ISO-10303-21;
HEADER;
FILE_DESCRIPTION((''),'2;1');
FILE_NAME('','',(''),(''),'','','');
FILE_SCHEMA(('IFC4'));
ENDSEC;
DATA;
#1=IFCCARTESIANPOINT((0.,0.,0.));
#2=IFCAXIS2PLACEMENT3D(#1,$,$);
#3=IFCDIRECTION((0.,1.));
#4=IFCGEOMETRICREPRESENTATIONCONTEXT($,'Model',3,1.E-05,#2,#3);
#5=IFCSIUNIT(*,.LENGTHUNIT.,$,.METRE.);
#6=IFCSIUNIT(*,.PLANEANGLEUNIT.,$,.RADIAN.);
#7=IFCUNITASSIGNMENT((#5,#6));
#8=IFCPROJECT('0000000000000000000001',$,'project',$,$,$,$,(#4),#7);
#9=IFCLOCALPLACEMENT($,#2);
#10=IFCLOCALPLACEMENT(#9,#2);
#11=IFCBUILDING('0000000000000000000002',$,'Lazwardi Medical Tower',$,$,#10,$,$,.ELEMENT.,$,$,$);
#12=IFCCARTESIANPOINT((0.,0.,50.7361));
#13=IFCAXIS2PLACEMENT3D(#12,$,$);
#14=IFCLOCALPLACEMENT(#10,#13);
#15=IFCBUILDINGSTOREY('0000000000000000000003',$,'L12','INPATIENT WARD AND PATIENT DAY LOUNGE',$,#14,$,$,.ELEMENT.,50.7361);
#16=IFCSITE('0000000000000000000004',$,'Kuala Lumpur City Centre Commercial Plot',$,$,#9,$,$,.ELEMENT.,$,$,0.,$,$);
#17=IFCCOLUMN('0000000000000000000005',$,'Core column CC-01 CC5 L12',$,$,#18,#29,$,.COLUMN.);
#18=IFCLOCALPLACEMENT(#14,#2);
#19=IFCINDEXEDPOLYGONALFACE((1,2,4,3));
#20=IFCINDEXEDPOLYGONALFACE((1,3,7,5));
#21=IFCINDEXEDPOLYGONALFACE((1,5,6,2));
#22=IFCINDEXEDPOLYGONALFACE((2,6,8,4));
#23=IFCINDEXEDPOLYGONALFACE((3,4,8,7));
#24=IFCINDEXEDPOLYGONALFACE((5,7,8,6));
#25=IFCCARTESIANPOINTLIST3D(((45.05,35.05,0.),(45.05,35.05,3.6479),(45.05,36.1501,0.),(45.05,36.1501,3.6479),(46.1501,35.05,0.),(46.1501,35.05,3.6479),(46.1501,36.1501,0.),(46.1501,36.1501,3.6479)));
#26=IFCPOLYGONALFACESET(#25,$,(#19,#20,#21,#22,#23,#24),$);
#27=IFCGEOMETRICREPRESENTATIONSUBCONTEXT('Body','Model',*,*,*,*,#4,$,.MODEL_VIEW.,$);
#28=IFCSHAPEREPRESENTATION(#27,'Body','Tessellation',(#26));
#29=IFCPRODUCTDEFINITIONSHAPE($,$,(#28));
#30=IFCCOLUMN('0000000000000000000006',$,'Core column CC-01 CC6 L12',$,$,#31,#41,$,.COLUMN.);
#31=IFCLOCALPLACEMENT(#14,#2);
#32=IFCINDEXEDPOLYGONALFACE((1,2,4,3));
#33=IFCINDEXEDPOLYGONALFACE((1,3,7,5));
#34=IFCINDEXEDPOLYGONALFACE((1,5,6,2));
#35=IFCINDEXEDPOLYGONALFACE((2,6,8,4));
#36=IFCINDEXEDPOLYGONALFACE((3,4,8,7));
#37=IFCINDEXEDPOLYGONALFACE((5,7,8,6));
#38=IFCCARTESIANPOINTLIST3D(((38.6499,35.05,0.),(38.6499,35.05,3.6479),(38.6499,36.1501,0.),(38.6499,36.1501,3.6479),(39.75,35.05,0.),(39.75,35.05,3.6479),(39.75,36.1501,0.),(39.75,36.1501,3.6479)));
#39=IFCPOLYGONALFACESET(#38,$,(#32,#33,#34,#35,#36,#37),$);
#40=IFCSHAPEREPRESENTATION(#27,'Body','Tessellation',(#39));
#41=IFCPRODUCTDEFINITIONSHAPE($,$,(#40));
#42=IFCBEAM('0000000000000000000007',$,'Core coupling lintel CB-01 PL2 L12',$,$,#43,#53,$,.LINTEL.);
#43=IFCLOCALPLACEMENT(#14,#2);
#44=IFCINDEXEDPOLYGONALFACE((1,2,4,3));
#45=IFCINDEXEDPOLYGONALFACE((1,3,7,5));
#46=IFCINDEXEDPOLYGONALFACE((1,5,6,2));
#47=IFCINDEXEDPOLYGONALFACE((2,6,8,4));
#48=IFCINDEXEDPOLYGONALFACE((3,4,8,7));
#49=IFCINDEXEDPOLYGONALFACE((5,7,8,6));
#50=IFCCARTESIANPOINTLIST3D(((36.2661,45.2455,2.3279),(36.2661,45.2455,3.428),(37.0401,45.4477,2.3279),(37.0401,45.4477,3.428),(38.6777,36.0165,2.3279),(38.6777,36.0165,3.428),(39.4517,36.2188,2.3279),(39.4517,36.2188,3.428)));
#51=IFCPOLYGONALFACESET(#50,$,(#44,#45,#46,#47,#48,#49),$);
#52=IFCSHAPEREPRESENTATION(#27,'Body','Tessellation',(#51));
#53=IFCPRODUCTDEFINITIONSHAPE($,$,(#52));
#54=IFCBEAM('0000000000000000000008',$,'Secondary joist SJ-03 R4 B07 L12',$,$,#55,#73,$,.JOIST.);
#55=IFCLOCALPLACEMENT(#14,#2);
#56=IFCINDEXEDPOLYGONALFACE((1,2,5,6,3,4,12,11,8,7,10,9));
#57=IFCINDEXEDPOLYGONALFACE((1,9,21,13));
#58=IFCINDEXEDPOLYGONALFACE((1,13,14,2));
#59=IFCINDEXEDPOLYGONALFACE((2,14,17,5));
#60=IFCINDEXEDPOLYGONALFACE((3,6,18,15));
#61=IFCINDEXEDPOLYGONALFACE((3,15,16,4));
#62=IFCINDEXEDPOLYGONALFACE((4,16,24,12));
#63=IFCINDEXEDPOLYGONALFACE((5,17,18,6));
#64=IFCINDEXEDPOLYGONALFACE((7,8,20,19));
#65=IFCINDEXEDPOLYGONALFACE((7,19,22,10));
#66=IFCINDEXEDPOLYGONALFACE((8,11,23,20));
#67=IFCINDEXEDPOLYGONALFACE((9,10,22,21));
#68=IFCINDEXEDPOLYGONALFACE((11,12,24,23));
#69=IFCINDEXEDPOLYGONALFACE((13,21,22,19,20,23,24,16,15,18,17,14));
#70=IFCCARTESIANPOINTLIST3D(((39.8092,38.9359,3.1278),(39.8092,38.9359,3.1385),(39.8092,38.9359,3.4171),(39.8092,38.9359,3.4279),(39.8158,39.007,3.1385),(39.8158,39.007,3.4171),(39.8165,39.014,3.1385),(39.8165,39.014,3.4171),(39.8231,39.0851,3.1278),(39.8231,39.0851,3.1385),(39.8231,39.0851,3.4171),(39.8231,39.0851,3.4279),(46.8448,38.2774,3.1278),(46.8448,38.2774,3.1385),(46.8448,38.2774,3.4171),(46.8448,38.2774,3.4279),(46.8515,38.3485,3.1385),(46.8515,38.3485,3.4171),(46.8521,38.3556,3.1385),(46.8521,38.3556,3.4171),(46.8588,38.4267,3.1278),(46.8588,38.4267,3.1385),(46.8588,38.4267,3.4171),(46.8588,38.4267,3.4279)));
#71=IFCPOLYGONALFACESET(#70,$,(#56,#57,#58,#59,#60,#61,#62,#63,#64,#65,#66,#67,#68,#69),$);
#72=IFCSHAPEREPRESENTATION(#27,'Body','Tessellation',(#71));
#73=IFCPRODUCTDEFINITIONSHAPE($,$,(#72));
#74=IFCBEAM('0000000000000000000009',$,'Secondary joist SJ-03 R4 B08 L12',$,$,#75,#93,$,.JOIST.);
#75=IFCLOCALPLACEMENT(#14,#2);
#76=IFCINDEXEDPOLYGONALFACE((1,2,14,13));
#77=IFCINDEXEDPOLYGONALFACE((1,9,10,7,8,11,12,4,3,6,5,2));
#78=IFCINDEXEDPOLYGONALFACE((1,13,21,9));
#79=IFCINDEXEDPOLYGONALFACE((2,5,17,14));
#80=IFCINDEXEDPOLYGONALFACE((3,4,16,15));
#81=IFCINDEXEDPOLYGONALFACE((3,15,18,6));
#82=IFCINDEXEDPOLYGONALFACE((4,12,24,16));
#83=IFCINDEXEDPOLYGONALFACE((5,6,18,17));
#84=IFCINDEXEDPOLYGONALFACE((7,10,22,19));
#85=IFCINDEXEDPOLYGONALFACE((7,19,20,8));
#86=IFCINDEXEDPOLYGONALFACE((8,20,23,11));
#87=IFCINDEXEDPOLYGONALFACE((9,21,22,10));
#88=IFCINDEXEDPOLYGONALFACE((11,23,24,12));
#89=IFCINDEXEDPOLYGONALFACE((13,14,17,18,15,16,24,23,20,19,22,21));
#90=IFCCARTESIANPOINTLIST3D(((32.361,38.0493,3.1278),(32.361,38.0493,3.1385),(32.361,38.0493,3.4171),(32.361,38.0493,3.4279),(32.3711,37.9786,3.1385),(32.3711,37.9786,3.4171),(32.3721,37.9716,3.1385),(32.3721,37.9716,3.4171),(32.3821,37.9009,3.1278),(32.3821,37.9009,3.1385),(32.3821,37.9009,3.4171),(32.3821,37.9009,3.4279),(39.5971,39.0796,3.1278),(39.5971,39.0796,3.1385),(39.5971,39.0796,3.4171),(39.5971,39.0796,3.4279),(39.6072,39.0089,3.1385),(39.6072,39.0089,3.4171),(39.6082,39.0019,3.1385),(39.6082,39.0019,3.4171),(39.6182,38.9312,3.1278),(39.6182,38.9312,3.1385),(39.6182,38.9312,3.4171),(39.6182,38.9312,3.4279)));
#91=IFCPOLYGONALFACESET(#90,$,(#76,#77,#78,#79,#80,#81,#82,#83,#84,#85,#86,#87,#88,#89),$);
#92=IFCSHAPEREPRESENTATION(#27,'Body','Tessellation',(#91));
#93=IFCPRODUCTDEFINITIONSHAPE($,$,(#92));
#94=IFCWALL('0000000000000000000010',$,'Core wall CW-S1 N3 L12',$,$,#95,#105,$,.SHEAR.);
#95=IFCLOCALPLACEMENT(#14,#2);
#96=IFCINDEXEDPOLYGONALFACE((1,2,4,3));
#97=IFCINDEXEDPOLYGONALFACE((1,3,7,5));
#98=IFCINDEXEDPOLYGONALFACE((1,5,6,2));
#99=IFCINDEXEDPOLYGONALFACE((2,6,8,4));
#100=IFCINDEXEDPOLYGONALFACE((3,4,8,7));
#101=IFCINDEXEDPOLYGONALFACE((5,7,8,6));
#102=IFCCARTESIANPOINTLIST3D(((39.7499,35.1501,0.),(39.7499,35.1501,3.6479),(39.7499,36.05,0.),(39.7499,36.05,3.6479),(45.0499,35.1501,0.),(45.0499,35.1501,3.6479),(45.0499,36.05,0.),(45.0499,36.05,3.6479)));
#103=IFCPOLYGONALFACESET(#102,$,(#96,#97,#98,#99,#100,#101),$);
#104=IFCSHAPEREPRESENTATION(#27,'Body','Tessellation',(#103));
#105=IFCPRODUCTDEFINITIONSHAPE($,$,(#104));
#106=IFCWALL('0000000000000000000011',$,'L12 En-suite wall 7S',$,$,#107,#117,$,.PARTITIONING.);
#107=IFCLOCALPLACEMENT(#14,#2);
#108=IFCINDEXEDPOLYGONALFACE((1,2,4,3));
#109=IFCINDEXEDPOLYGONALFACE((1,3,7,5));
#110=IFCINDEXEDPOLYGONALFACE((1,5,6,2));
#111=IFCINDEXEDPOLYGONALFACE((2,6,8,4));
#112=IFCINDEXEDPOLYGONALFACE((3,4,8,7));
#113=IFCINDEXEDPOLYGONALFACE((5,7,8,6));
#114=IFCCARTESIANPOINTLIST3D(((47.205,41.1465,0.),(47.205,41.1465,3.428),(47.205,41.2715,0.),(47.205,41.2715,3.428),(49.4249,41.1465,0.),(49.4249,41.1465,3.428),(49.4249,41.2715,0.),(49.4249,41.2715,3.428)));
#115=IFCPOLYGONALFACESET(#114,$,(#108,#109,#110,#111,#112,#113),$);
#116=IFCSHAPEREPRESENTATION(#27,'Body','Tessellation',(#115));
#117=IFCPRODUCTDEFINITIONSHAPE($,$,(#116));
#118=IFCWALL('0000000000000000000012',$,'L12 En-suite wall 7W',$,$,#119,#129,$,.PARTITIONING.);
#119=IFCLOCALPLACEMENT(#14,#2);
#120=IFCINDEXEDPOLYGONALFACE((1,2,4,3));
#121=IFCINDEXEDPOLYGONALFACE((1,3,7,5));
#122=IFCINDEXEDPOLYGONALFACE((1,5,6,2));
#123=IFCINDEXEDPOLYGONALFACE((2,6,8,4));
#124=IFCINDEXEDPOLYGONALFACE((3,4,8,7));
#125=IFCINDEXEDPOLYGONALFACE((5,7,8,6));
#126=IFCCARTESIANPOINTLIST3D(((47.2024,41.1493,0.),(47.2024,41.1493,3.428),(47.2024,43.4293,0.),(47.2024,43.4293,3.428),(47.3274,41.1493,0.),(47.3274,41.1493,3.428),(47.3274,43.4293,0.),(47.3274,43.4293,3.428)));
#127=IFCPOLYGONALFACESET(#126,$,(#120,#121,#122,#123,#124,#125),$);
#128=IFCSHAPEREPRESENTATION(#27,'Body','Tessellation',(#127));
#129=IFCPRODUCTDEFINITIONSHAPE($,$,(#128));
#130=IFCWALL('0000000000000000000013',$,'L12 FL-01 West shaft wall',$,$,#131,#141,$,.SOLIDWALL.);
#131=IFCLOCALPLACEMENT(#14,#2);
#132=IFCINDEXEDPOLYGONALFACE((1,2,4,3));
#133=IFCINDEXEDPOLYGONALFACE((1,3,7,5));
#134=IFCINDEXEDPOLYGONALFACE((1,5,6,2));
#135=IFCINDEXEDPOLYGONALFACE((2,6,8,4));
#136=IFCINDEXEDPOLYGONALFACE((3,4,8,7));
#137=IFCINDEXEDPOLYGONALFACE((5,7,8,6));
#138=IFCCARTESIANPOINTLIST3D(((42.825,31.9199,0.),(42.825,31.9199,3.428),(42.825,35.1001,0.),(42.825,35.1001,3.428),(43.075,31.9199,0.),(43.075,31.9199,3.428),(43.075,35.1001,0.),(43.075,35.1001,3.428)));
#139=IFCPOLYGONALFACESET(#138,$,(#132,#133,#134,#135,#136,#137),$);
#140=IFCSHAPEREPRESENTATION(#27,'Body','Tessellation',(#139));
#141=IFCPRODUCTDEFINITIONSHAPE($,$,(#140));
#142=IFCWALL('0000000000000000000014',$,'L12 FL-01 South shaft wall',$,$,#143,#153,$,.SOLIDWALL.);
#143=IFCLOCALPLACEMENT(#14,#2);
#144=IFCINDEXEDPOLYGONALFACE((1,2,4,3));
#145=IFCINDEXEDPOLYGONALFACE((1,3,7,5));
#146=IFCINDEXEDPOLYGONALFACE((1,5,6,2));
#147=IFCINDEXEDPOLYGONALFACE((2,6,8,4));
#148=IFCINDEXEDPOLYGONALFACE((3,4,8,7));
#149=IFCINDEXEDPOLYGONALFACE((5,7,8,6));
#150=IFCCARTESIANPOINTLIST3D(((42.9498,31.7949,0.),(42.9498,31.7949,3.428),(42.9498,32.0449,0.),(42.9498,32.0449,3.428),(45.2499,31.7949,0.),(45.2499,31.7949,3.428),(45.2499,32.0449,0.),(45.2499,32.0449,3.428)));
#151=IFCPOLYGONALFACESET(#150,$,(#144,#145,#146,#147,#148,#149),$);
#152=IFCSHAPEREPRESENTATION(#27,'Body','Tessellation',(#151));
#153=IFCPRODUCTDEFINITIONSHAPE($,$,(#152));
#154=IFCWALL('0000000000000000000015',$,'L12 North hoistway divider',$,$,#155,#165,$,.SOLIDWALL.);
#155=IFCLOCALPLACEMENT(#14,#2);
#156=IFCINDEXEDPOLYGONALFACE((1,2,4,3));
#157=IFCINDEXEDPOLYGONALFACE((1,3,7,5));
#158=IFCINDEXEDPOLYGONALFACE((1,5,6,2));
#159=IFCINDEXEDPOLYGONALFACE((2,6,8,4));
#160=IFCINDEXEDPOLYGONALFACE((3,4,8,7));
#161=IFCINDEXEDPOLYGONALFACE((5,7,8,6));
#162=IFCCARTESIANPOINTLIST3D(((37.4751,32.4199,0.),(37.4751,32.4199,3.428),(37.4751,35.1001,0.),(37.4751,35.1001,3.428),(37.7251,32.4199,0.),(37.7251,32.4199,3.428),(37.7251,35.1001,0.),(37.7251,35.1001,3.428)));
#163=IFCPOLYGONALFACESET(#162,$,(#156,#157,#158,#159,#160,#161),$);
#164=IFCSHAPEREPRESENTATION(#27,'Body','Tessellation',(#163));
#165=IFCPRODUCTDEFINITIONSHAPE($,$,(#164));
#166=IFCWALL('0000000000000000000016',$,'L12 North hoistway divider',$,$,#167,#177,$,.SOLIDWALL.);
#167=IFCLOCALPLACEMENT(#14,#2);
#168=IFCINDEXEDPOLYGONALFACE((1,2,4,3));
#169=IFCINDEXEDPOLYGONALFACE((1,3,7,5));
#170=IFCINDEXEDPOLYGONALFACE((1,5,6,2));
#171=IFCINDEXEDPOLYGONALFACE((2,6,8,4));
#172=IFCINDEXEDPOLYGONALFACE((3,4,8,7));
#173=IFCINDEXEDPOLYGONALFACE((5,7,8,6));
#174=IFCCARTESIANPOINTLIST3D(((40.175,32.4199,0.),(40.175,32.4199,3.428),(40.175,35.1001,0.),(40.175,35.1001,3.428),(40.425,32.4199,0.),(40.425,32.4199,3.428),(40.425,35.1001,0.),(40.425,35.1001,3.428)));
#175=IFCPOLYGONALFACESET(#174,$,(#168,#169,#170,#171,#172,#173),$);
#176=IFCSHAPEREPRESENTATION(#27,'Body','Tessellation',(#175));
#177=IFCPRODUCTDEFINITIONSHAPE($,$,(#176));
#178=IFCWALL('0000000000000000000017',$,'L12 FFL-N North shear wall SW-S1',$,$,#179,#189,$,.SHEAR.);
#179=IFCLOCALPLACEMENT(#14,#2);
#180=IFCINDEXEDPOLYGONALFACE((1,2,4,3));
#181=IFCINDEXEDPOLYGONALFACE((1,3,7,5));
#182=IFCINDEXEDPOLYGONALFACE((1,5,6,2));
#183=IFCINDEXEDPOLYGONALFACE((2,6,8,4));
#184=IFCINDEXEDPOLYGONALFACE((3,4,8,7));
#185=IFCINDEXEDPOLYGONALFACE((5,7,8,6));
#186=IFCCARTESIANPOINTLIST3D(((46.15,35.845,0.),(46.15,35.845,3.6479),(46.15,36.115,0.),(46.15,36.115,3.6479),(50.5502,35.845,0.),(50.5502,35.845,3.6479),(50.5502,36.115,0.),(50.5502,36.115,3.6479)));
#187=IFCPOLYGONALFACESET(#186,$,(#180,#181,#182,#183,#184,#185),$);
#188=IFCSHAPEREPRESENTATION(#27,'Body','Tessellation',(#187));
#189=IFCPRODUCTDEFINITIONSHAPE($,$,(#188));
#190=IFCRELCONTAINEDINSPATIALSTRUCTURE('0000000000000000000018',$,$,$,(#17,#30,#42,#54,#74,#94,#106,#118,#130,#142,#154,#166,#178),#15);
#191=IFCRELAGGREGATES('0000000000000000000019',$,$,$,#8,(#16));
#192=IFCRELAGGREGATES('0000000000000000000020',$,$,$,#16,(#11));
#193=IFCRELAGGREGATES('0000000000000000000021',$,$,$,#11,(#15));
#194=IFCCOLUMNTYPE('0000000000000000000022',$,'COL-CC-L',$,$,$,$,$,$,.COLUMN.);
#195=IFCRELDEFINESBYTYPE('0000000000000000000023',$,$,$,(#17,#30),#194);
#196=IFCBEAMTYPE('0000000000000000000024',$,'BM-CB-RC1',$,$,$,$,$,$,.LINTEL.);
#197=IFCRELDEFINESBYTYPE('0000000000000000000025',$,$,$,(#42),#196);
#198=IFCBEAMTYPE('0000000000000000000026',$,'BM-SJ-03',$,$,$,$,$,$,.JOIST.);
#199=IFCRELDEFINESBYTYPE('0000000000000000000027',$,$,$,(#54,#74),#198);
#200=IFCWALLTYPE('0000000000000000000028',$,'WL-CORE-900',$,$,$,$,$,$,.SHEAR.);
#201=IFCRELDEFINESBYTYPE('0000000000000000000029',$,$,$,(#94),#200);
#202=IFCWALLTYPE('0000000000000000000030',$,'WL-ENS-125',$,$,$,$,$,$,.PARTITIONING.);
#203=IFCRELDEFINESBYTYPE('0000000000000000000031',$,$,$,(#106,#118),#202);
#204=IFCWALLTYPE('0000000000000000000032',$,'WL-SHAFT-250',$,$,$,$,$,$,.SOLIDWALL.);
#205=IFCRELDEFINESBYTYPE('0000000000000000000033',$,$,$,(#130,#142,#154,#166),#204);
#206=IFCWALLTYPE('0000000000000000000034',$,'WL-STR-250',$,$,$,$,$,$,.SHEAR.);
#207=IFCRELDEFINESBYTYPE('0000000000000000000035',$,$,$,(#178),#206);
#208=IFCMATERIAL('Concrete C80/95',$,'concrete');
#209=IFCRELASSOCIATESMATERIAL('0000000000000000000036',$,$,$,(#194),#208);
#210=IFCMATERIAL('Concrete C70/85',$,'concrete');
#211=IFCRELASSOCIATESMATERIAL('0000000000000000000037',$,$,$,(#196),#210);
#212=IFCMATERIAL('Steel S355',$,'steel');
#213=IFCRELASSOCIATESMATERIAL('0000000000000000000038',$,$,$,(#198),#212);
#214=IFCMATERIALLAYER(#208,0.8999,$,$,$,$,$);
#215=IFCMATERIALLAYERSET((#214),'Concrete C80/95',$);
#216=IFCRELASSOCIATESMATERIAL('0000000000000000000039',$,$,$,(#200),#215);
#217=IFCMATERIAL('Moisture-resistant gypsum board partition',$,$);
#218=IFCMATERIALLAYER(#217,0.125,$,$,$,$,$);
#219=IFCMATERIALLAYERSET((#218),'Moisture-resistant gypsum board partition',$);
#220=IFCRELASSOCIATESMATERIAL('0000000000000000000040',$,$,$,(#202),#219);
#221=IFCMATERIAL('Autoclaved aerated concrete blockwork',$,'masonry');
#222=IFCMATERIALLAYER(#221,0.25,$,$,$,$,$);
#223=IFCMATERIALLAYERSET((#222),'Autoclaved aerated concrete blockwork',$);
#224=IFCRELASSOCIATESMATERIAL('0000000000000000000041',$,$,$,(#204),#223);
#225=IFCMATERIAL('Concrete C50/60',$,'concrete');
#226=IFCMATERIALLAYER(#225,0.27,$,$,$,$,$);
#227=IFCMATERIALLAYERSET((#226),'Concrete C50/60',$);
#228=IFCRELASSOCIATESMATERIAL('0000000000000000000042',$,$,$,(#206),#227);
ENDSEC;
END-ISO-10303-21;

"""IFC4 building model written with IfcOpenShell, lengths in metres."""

from ifc_helpers import new_model, si_unit, direction, frame, frame_2d, origin, origin_2d, place, context, subcontext, project, spatial, rectangle, i_section, extrude, material, layer, layer_set, material_profile, profile_set, type_object, element, save


model = new_model("IFC4")

# Units and contexts
model_context = context("Model", 3, precision=1e-05, world=origin(), true_north=direction((0.0, 1.0)))
body_context = subcontext(model_context, "Body", "Model", "MODEL_VIEW")
ifc_project = project(units=[si_unit("LENGTHUNIT", "METRE"), si_unit("PLANEANGLEUNIT", "RADIAN")], contexts=[model_context])

# Site, building, storey
site_placement = place(None, origin())
site = spatial("IfcSite", under=ifc_project, at=site_placement, Name="Kuala Lumpur City Centre Commercial Plot", CompositionType="ELEMENT", RefElevation=0.0)
building_placement = place(site_placement, origin())
building = spatial("IfcBuilding", under=site, at=building_placement, Name="Lazwardi Medical Tower", CompositionType="ELEMENT")
storey_placement = place(building_placement, frame((0.0, 0.0, 50.7361)))
storey = spatial("IfcBuildingStorey", under=building, at=storey_placement, Name="L12", Description="INPATIENT WARD AND PATIENT DAY LOUNGE", CompositionType="ELEMENT", Elevation=50.7361)

# Columns
ifc_material_1 = material(Name="Concrete C80/95", Category="concrete")
ifc_material_profile_1 = material_profile(ifc_material_1, rectangle(XDim=1.1001, YDim=1.1001, at=origin_2d()), Name="RC 1100x1100")
ifc_profile_set_1 = profile_set([ifc_material_profile_1], Name="Concrete C80/95")
column_type = type_object("IfcColumnType", Name="COL-CC-L", PredefinedType="COLUMN", material=ifc_profile_set_1)
for number, where, z_axis, x_axis, name in (
    (1, (45.6001, 35.6001, 0.0), (0.0, 0.0, 1.0), (1.0, 0.0, 0.0), "Core column CC-01 CC5 L12"),
    (2, (39.2, 35.6001, 0.0), (0.0, 0.0, 1.0), (1.0, 0.0, 0.0), "Core column CC-01 CC6 L12"),
):
    element("IfcColumn", number, at=place(storey_placement, frame(where, z_axis=z_axis, x_axis=x_axis)), inside=storey, type_object=column_type, Name=name, PredefinedType="COLUMN", context=body_context, shape_type="SweptSolid", body=[
        extrude(rectangle(XDim=1.1001, YDim=1.1001, at=origin_2d()), origin(), (0.0, 0.0, 1.0), 3.6479),
    ])

# Beams
ifc_material_2 = material(Name="Concrete C70/85", Category="concrete")
ifc_material_profile_2 = material_profile(ifc_material_2, rectangle(XDim=0.8, YDim=1.1001, at=origin_2d()), Name="RC 800x1100")
ifc_profile_set_2 = profile_set([ifc_material_profile_2], Name="Concrete C70/85")
beam_type_1 = type_object("IfcBeamType", Name="BM-CB-RC1", PredefinedType="LINTEL", material=ifc_profile_set_2)
beam_1_placement = place(storey_placement, frame((39.0647, 36.1177, 2.8779), z_axis=(-0.25282, 0.967513, 0.0), x_axis=(-0.967513, -0.25282, 0.0)))
element("IfcBeam", 3, at=beam_1_placement, inside=storey, type_object=beam_type_1, Name="Core coupling lintel CB-01 PL2 L12", PredefinedType="LINTEL", context=body_context, shape_type="SweptSolid", body=[
    extrude(rectangle(XDim=0.8, YDim=1.1001, at=origin_2d()), origin(), (0.0, 0.0, 1.0), 9.5388),
])
ifc_material_3 = material(Name="Steel S355", Category="steel")
ifc_material_profile_3 = material_profile(ifc_material_3, i_section(OverallWidth=0.1499, OverallDepth=0.3, WebThickness=0.0071, FlangeThickness=0.0107, at=origin_2d()), Name="IPE 300")
ifc_profile_set_3 = profile_set([ifc_material_profile_3], Name="Steel S355")
beam_type_2 = type_object("IfcBeamType", Name="BM-SJ-03", PredefinedType="JOIST", material=ifc_profile_set_3)
beam_2_placement = place(storey_placement, frame((46.8518, 38.3521, 3.2778), z_axis=(-0.995649, 0.09318, 0.0), x_axis=(-0.09318, -0.995649, 0.0)))
element("IfcBeam", 4, at=beam_2_placement, inside=storey, type_object=beam_type_2, Name="Secondary joist SJ-03 R4 B07 L12", PredefinedType="JOIST", context=body_context, shape_type="SweptSolid", body=[
    extrude(i_section(OverallWidth=0.1499, OverallDepth=0.3, WebThickness=0.0071, FlangeThickness=0.0107, at=origin_2d()), origin(), (0.0, 0.0, 1.0), 7.0664),
])
beam_3_placement = place(storey_placement, frame((39.6077, 39.0054, 3.2778), z_axis=(-0.990016, -0.140958, 0.0), x_axis=(0.140958, -0.990016, 0.0)))
element("IfcBeam", 5, at=beam_3_placement, inside=storey, type_object=beam_type_2, Name="Secondary joist SJ-03 R4 B08 L12", PredefinedType="JOIST", context=body_context, shape_type="SweptSolid", body=[
    extrude(i_section(OverallWidth=0.1499, OverallDepth=0.3, WebThickness=0.0071, FlangeThickness=0.0107, at=origin_2d()), origin(), (0.0, 0.0, 1.0), 7.3091),
])

# Walls
ifc_layer_1 = layer(ifc_material_1, 0.8999)
ifc_layer_set_1 = layer_set([ifc_layer_1], Name="Concrete C80/95")
wall_type_1 = type_object("IfcWallType", Name="WL-CORE-900", PredefinedType="SHEAR", material=ifc_layer_set_1)
wall_1_placement = place(storey_placement, frame((39.75, 35.6001, 0.0), z_axis=(0.0, 0.0, 1.0), x_axis=(1.0, 0.0, 0.0)))
element("IfcWall", 6, at=wall_1_placement, inside=storey, type_object=wall_type_1, Name="Core wall CW-S1 N3 L12", PredefinedType="SHEAR", context=body_context, shape_type="SweptSolid", body=[
    extrude(rectangle(XDim=5.3, YDim=0.8999, at=frame_2d((2.6499, 0.0))), origin(), (0.0, 0.0, 1.0), 3.6479),
])
ifc_material_4 = material(Name="Moisture-resistant gypsum board partition")
ifc_layer_2 = layer(ifc_material_4, 0.125)
ifc_layer_set_2 = layer_set([ifc_layer_2], Name="Moisture-resistant gypsum board partition")
wall_type_2 = type_object("IfcWallType", Name="WL-ENS-125", PredefinedType="PARTITIONING", material=ifc_layer_set_2)
wall_2_placement = place(storey_placement, frame((47.2051, 41.209, 0.0), z_axis=(0.0, 0.0, 1.0), x_axis=(1.0, 0.0, 0.0)))
element("IfcWall", 7, at=wall_2_placement, inside=storey, type_object=wall_type_2, Name="L12 En-suite wall 7S", PredefinedType="PARTITIONING", context=body_context, shape_type="SweptSolid", body=[
    extrude(rectangle(XDim=2.22, YDim=0.125, at=frame_2d((1.1099, 0.0))), origin(), (0.0, 0.0, 1.0), 3.428),
])
wall_3_placement = place(storey_placement, frame((47.2649, 41.1492, 0.0), z_axis=(0.0, 0.0, 1.0), x_axis=(0.0, 1.0, 0.0)))
element("IfcWall", 8, at=wall_3_placement, inside=storey, type_object=wall_type_2, Name="L12 En-suite wall 7W", PredefinedType="PARTITIONING", context=body_context, shape_type="SweptSolid", body=[
    extrude(rectangle(XDim=2.28, YDim=0.125, at=frame_2d((1.1401, 0.0))), origin(), (0.0, 0.0, 1.0), 3.428),
])
ifc_material_5 = material(Name="Autoclaved aerated concrete blockwork", Category="masonry")
ifc_layer_3 = layer(ifc_material_5, 0.25)
ifc_layer_set_3 = layer_set([ifc_layer_3], Name="Autoclaved aerated concrete blockwork")
wall_type_3 = type_object("IfcWallType", Name="WL-SHAFT-250", PredefinedType="SOLIDWALL", material=ifc_layer_set_3)
wall_4_placement = place(storey_placement, frame((42.95, 31.9199, 0.0), z_axis=(0.0, 0.0, 1.0), x_axis=(0.0, 1.0, 0.0)))
element("IfcWall", 9, at=wall_4_placement, inside=storey, type_object=wall_type_3, Name="L12 FL-01 West shaft wall", PredefinedType="SOLIDWALL", context=body_context, shape_type="SweptSolid", body=[
    extrude(rectangle(XDim=3.1802, YDim=0.25, at=frame_2d((1.5901, 0.0))), origin(), (0.0, 0.0, 1.0), 3.428),
])
wall_5_placement = place(storey_placement, frame((42.95, 31.9199, 0.0), z_axis=(0.0, 0.0, 1.0), x_axis=(1.0, 0.0, 0.0)))
element("IfcWall", 10, at=wall_5_placement, inside=storey, type_object=wall_type_3, Name="L12 FL-01 South shaft wall", PredefinedType="SOLIDWALL", context=body_context, shape_type="SweptSolid", body=[
    extrude(rectangle(XDim=2.3, YDim=0.25, at=frame_2d((1.1499, 0.0))), origin(), (0.0, 0.0, 1.0), 3.428),
])
for number, where, z_axis, x_axis, name in (
    (11, (37.6001, 32.4199, 0.0), (0.0, 0.0, 1.0), (0.0, 1.0, 0.0), "L12 North hoistway divider"),
    (12, (40.3, 32.4199, 0.0), (0.0, 0.0, 1.0), (0.0, 1.0, 0.0), "L12 North hoistway divider"),
):
    element("IfcWall", number, at=place(storey_placement, frame(where, z_axis=z_axis, x_axis=x_axis)), inside=storey, type_object=wall_type_3, Name=name, PredefinedType="SOLIDWALL", context=body_context, shape_type="SweptSolid", body=[
        extrude(rectangle(XDim=2.6802, YDim=0.25, at=frame_2d((1.3401, 0.0))), origin(), (0.0, 0.0, 1.0), 3.428),
    ])

# Shared definitions
ifc_material_6 = material(Name="Concrete C50/60", Category="concrete")
ifc_layer_4 = layer(ifc_material_6, 0.27)
ifc_layer_set_4 = layer_set([ifc_layer_4], Name="Concrete C50/60")
wall_type_4 = type_object("IfcWallType", Name="WL-STR-250", PredefinedType="SHEAR", material=ifc_layer_set_4)

# Wall
wall_6_placement = place(storey_placement, frame((46.1499, 35.98, 0.0), z_axis=(0.0, 0.0, 1.0), x_axis=(1.0, 0.0, 0.0)))
element("IfcWall", 13, at=wall_6_placement, inside=storey, type_object=wall_type_4, Name="L12 FFL-N North shear wall SW-S1", PredefinedType="SHEAR", context=body_context, shape_type="SweptSolid", body=[
    extrude(rectangle(XDim=4.4001, YDim=0.27, at=frame_2d((2.2002, 0.0))), origin(), (0.0, 0.0, 1.0), 3.6479),
])

save(model, "model.ifc")
